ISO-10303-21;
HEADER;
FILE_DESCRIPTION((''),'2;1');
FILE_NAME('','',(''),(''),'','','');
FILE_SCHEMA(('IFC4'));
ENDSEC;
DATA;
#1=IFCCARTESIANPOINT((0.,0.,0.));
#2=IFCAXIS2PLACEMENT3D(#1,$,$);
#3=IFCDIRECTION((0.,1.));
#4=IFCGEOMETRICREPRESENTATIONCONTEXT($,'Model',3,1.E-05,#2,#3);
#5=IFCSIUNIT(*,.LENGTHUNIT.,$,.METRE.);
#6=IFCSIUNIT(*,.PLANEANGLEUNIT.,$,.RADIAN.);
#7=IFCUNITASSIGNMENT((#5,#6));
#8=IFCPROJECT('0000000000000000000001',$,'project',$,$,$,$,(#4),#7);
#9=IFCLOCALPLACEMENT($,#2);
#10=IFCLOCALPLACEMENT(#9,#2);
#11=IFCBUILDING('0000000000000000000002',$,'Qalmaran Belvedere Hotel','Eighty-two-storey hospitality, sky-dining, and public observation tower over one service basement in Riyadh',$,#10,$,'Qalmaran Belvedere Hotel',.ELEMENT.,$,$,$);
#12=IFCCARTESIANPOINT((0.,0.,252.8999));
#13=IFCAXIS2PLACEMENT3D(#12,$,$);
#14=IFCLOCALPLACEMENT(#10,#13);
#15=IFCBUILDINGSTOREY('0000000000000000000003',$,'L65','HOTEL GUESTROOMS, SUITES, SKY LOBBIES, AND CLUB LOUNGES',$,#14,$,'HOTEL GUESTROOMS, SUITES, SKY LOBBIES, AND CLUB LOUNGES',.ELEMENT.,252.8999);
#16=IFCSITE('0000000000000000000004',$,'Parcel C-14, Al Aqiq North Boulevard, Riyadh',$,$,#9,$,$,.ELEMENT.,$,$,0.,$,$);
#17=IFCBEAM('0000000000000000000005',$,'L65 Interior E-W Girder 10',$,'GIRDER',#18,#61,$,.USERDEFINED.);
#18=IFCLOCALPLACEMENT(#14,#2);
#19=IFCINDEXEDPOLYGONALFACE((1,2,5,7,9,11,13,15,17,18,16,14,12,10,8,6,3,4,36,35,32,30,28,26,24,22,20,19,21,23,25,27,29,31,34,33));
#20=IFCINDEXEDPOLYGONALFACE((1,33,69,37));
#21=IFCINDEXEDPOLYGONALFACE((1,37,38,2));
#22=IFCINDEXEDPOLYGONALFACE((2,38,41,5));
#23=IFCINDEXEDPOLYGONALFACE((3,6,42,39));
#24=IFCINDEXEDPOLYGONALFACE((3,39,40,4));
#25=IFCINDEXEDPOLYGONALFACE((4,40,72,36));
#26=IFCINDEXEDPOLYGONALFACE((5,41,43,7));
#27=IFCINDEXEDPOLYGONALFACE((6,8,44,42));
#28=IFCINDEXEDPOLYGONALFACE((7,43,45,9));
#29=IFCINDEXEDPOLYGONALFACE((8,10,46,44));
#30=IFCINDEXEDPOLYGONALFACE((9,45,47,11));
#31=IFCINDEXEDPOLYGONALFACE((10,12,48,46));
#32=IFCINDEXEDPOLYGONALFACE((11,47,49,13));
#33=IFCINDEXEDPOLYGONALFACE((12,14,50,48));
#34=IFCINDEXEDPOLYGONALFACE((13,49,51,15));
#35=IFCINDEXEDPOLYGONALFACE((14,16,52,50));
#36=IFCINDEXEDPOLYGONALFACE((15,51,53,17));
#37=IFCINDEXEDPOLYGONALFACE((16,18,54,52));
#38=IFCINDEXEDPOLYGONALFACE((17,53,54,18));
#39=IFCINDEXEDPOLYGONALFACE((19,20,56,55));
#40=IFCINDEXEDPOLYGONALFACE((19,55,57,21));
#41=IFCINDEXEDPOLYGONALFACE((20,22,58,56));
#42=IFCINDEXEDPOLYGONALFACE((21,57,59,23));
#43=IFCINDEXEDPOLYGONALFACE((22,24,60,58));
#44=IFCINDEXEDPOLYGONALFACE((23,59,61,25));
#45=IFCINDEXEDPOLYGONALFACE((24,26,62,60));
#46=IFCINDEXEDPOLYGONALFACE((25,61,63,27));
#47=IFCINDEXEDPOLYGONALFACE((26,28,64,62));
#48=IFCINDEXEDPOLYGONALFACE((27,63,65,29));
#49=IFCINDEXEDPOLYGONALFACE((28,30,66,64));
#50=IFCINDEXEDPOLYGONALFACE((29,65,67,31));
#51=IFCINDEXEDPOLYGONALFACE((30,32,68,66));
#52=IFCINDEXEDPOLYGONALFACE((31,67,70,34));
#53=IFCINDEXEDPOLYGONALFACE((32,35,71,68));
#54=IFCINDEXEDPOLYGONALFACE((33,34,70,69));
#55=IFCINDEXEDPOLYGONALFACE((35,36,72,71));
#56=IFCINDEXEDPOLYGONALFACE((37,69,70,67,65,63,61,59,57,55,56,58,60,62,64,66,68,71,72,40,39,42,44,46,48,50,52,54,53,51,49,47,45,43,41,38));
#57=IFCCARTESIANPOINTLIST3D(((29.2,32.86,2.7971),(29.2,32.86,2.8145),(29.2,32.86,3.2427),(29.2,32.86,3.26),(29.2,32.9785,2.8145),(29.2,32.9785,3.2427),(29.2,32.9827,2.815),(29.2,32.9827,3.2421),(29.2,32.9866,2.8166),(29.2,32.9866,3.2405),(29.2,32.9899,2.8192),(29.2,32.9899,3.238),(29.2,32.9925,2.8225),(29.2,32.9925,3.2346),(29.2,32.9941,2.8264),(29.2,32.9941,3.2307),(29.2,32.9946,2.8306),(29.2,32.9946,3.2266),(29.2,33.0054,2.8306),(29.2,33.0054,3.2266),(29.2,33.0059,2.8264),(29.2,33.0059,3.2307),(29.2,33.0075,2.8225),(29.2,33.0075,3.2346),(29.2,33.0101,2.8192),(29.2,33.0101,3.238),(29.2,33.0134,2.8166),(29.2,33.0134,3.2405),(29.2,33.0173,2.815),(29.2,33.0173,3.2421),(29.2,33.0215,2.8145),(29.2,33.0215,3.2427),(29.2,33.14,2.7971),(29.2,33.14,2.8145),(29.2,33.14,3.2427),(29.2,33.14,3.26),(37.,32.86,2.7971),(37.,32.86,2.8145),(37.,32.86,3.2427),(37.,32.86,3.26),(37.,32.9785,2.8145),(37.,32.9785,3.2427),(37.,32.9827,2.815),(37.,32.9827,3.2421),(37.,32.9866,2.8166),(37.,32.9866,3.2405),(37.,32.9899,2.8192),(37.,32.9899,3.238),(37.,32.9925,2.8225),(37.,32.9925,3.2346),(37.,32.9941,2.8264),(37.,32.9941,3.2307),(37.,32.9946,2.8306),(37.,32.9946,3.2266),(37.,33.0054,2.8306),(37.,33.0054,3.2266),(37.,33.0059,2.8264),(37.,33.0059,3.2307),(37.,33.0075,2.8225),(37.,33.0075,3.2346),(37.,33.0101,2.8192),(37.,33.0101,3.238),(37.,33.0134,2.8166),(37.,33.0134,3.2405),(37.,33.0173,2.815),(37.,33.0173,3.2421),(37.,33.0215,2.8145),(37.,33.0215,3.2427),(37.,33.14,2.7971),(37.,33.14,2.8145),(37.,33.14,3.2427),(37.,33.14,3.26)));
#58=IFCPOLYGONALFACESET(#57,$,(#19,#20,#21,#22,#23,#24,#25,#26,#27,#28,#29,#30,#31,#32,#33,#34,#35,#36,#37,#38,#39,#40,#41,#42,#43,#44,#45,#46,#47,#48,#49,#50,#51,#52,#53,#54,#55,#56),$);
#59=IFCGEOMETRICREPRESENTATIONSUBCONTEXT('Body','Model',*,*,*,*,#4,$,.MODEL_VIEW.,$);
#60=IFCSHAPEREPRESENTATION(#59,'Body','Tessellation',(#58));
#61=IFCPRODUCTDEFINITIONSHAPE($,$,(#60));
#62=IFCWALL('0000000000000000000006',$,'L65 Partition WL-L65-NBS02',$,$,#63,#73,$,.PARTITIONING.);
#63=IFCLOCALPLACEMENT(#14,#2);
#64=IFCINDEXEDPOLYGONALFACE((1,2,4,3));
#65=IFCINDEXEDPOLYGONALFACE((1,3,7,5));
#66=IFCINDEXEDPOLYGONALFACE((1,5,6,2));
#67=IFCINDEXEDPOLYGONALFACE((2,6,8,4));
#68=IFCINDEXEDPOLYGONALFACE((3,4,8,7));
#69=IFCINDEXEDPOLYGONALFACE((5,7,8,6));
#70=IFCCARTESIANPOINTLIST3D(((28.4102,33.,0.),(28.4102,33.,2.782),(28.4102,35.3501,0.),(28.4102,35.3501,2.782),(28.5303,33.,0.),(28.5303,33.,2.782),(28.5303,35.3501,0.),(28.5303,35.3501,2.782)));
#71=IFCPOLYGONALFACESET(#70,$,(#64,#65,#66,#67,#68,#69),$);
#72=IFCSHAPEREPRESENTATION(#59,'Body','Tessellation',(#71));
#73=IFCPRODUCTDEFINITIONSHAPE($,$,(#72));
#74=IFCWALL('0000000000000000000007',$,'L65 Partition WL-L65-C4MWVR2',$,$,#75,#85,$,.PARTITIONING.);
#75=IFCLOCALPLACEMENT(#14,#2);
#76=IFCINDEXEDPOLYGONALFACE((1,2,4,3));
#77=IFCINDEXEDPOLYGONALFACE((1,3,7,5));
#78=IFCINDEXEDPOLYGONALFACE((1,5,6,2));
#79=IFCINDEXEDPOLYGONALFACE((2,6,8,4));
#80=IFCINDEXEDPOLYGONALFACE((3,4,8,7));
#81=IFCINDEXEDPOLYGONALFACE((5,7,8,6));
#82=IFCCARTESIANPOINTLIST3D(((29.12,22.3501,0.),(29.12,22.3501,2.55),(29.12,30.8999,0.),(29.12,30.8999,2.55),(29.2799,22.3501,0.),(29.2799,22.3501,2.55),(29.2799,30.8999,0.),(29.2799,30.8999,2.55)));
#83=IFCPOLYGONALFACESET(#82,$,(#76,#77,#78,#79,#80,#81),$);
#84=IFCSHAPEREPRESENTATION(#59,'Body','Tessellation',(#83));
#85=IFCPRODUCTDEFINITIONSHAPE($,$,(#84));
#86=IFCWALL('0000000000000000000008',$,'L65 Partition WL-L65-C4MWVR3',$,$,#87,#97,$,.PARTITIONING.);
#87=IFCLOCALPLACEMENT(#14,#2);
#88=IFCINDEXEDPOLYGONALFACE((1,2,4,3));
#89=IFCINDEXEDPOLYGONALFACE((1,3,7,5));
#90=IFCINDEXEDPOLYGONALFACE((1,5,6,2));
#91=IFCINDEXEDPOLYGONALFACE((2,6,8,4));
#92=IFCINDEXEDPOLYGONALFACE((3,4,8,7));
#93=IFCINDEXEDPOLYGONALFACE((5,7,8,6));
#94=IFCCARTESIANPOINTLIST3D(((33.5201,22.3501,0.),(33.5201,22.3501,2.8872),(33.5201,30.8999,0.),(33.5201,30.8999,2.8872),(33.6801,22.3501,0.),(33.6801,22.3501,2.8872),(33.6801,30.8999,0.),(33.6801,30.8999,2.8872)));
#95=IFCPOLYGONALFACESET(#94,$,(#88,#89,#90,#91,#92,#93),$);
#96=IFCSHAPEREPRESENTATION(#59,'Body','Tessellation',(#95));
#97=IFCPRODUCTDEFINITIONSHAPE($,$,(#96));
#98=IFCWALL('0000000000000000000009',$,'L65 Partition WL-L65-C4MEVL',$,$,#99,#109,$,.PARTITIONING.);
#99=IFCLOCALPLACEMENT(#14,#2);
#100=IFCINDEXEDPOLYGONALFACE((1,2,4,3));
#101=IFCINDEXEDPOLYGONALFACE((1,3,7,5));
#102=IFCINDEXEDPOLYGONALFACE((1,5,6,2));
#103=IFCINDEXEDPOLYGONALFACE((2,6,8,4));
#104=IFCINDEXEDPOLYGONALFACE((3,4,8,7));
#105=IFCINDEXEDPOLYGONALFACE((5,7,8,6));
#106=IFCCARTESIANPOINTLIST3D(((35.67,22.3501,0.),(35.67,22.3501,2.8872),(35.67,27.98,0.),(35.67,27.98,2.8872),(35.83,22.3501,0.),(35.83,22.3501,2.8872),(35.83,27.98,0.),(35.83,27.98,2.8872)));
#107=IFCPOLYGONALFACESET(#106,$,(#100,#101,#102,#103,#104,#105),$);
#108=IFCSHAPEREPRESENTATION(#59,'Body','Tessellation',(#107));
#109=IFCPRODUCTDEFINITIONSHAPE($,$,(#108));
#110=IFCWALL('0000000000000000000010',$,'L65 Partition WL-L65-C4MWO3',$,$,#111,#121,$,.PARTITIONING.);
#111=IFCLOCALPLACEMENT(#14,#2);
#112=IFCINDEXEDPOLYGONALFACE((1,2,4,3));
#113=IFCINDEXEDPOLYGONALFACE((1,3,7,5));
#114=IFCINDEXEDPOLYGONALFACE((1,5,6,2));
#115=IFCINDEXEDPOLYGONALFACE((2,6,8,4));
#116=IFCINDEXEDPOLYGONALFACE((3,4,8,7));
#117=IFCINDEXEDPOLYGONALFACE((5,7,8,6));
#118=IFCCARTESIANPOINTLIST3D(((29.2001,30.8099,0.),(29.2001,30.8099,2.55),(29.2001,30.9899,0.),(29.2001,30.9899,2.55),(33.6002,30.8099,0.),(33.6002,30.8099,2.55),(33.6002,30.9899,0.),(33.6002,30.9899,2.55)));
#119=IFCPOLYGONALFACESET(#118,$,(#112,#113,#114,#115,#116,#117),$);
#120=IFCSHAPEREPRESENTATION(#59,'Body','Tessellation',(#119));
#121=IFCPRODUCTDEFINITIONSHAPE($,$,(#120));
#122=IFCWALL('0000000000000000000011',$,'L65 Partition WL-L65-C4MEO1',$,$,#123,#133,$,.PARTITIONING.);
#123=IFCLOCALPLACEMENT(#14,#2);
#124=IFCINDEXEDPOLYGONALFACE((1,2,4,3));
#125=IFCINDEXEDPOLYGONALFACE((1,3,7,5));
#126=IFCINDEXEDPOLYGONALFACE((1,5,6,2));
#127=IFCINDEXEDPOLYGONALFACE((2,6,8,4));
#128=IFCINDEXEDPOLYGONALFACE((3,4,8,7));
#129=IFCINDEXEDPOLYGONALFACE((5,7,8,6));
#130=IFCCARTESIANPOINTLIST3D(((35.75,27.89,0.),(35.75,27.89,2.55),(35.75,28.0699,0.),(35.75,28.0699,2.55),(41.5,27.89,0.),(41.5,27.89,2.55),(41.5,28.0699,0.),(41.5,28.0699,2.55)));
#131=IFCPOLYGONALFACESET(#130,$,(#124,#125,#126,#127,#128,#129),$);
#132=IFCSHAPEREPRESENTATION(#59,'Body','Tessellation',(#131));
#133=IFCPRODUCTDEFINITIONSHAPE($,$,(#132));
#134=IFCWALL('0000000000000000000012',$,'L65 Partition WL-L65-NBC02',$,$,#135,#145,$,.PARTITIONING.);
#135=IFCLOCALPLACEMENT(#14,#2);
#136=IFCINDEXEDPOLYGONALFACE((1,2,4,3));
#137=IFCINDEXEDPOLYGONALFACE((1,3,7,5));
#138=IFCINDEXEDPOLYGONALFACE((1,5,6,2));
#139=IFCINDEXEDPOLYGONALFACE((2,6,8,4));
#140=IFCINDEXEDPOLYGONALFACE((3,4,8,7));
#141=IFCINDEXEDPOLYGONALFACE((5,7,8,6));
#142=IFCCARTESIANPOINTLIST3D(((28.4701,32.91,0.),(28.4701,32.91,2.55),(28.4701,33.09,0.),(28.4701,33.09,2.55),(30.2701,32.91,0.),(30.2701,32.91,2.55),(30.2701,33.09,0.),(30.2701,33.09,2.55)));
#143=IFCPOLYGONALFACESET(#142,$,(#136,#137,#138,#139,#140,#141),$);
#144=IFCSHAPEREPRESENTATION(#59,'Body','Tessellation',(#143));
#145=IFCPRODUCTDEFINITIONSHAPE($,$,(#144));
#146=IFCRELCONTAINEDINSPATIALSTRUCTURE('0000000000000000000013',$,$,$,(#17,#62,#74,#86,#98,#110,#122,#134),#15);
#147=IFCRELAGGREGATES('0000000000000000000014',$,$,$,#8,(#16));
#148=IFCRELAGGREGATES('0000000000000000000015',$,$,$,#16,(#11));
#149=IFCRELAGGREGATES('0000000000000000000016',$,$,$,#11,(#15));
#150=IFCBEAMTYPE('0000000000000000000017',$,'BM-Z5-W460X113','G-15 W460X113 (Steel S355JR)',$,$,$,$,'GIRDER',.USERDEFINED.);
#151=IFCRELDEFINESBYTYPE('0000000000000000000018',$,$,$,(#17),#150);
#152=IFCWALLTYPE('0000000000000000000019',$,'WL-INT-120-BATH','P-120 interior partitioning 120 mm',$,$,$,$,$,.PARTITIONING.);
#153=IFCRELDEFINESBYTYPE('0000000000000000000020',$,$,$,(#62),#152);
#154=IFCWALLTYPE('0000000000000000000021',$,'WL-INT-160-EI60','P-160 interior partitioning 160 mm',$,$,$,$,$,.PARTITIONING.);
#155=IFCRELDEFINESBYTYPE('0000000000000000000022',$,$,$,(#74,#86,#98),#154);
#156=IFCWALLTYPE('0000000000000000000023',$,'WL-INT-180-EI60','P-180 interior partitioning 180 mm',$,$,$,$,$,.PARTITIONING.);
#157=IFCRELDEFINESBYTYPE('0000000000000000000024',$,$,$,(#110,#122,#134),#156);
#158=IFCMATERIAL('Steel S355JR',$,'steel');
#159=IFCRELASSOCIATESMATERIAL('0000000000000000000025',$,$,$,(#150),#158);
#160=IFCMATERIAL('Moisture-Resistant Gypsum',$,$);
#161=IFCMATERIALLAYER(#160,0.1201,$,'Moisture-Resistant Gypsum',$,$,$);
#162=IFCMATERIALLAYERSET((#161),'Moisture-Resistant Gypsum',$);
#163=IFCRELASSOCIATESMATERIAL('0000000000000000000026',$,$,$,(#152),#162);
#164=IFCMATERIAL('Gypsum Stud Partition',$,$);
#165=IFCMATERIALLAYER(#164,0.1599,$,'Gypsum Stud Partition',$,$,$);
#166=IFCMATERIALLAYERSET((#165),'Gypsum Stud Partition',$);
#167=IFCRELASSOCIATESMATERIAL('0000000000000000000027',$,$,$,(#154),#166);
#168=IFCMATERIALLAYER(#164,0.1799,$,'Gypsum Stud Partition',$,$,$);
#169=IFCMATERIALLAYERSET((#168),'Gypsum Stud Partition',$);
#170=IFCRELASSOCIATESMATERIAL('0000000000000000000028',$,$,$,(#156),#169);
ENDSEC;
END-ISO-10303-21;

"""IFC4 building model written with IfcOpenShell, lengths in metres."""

from ifc_helpers import new_model, si_unit, direction, frame, frame_2d, origin, origin_2d, place, context, subcontext, project, spatial, rectangle, i_section, extrude, material, layer, layer_set, material_profile, profile_set, type_object, element, save


model = new_model("IFC4")

# Units and contexts
model_context = context("Model", 3, precision=1e-05, world=origin(), true_north=direction((0.0, 1.0)))
body_context = subcontext(model_context, "Body", "Model", "MODEL_VIEW")
ifc_project = project(units=[si_unit("LENGTHUNIT", "METRE"), si_unit("PLANEANGLEUNIT", "RADIAN")], contexts=[model_context])

# Site, building, storey
site_placement = place(None, origin())
site = spatial("IfcSite", under=ifc_project, at=site_placement, Name="Parcel C-14, Al Aqiq North Boulevard, Riyadh", CompositionType="ELEMENT", RefElevation=0.0)
building_placement = place(site_placement, origin())
building = spatial("IfcBuilding", under=site, at=building_placement, Name="Qalmaran Belvedere Hotel", Description="Eighty-two-storey hospitality, sky-dining, and public observation tower over one service basement in Riyadh", LongName="Qalmaran Belvedere Hotel", CompositionType="ELEMENT")
storey_placement = place(building_placement, frame((0.0, 0.0, 252.8999)))
storey = spatial("IfcBuildingStorey", under=building, at=storey_placement, Name="L65", Description="HOTEL GUESTROOMS, SUITES, SKY LOBBIES, AND CLUB LOUNGES", LongName="HOTEL GUESTROOMS, SUITES, SKY LOBBIES, AND CLUB LOUNGES", CompositionType="ELEMENT", Elevation=252.8999)

# Beam
ifc_material_1 = material(Name="Steel S355JR", Category="steel")
ifc_material_profile_1 = material_profile(ifc_material_1, i_section(OverallWidth=0.28, OverallDepth=0.4629, WebThickness=0.0107, FlangeThickness=0.0173, FilletRadius=0.0161, at=origin_2d()), Name="W460X113")
ifc_profile_set_1 = profile_set([ifc_material_profile_1], Name="Steel S355JR")
beam_type_1 = type_object("IfcBeamType", Name="BM-Z5-W460X113", Description="G-15 W460X113 (Steel S355JR)", ElementType="GIRDER", PredefinedType="USERDEFINED", material=ifc_profile_set_1)
beam_1_placement = place(storey_placement, frame((29.2, 33.0, 3.0286), z_axis=(1.0, 0.0, 0.0), x_axis=(0.0, 1.0, 0.0)))
element("IfcBeam", 1, at=beam_1_placement, inside=storey, type_object=beam_type_1, Name="L65 Interior E-W Girder 10", ObjectType="GIRDER", PredefinedType="USERDEFINED", context=body_context, shape_type="SweptSolid", body=[
    extrude(i_section(OverallWidth=0.28, OverallDepth=0.4629, WebThickness=0.0107, FlangeThickness=0.0173, FilletRadius=0.0161, at=origin_2d()), origin(), (0.0, 0.0, 1.0), 7.8),
])

# Wall
ifc_material_2 = material(Name="Moisture-Resistant Gypsum")
ifc_layer_1 = layer(ifc_material_2, 0.1201, Name="Moisture-Resistant Gypsum")
ifc_layer_set_1 = layer_set([ifc_layer_1], Name="Moisture-Resistant Gypsum")
wall_type_1 = type_object("IfcWallType", Name="WL-INT-120-BATH", Description="P-120 interior partitioning 120 mm", PredefinedType="PARTITIONING", material=ifc_layer_set_1)
wall_1_placement = place(storey_placement, frame((28.4702, 33.0, 0.0), z_axis=(0.0, 0.0, 1.0), x_axis=(0.0, 1.0, 0.0)))
element("IfcWall", 2, at=wall_1_placement, inside=storey, type_object=wall_type_1, Name="L65 Partition WL-L65-NBS02", PredefinedType="PARTITIONING", context=body_context, shape_type="SweptSolid", body=[
    extrude(rectangle(XDim=2.3501, YDim=0.1201, at=frame_2d((1.175, 0.0))), origin(), (0.0, 0.0, 1.0), 2.782),
])

# Shared definitions
ifc_material_3 = material(Name="Gypsum Stud Partition")

# Walls
ifc_layer_2 = layer(ifc_material_3, 0.1599, Name="Gypsum Stud Partition")
ifc_layer_set_2 = layer_set([ifc_layer_2], Name="Gypsum Stud Partition")
wall_type_2 = type_object("IfcWallType", Name="WL-INT-160-EI60", Description="P-160 interior partitioning 160 mm", PredefinedType="PARTITIONING", material=ifc_layer_set_2)
wall_2_placement = place(storey_placement, frame((29.2, 22.3501, 0.0), z_axis=(0.0, 0.0, 1.0), x_axis=(0.0, 1.0, 0.0)))
element("IfcWall", 3, at=wall_2_placement, inside=storey, type_object=wall_type_2, Name="L65 Partition WL-L65-C4MWVR2", PredefinedType="PARTITIONING", context=body_context, shape_type="SweptSolid", body=[
    extrude(rectangle(XDim=8.5498, YDim=0.1599, at=frame_2d((4.2749, 0.0))), origin(), (0.0, 0.0, 1.0), 2.55),
])
wall_3_placement = place(storey_placement, frame((33.6001, 22.3501, 0.0), z_axis=(0.0, 0.0, 1.0), x_axis=(0.0, 1.0, 0.0)))
element("IfcWall", 4, at=wall_3_placement, inside=storey, type_object=wall_type_2, Name="L65 Partition WL-L65-C4MWVR3", PredefinedType="PARTITIONING", context=body_context, shape_type="SweptSolid", body=[
    extrude(rectangle(XDim=8.5498, YDim=0.1599, at=frame_2d((4.2749, 0.0))), origin(), (0.0, 0.0, 1.0), 2.8872),
])
wall_4_placement = place(storey_placement, frame((35.75, 22.3501, 0.0), z_axis=(0.0, 0.0, 1.0), x_axis=(0.0, 1.0, 0.0)))
element("IfcWall", 5, at=wall_4_placement, inside=storey, type_object=wall_type_2, Name="L65 Partition WL-L65-C4MEVL", PredefinedType="PARTITIONING", context=body_context, shape_type="SweptSolid", body=[
    extrude(rectangle(XDim=5.6299, YDim=0.1599, at=frame_2d((2.8149, 0.0))), origin(), (0.0, 0.0, 1.0), 2.8872),
])

# Shared definitions
ifc_layer_3 = layer(ifc_material_3, 0.1799, Name="Gypsum Stud Partition")
ifc_layer_set_3 = layer_set([ifc_layer_3], Name="Gypsum Stud Partition")
wall_type_3 = type_object("IfcWallType", Name="WL-INT-180-EI60", Description="P-180 interior partitioning 180 mm", PredefinedType="PARTITIONING", material=ifc_layer_set_3)

# Wall
wall_5_placement = place(storey_placement, frame((29.2, 30.8999, 0.0), z_axis=(0.0, 0.0, 1.0), x_axis=(1.0, 0.0, 0.0)))
element("IfcWall", 6, at=wall_5_placement, inside=storey, type_object=wall_type_3, Name="L65 Partition WL-L65-C4MWO3", PredefinedType="PARTITIONING", context=body_context, shape_type="SweptSolid", body=[
    extrude(rectangle(XDim=4.4001, YDim=0.1799, at=frame_2d((2.2002, 0.0))), origin(), (0.0, 0.0, 1.0), 2.55),
])

# Walls
wall_6_placement = place(storey_placement, frame((35.75, 27.98, 0.0), z_axis=(0.0, 0.0, 1.0), x_axis=(1.0, 0.0, 0.0)))
element("IfcWall", 7, at=wall_6_placement, inside=storey, type_object=wall_type_3, Name="L65 Partition WL-L65-C4MEO1", PredefinedType="PARTITIONING", context=body_context, shape_type="SweptSolid", body=[
    extrude(rectangle(XDim=5.75, YDim=0.1799, at=frame_2d((2.875, 0.0))), origin(), (0.0, 0.0, 1.0), 2.55),
])
wall_7_placement = place(storey_placement, frame((28.4702, 33.0, 0.0), z_axis=(0.0, 0.0, 1.0), x_axis=(1.0, 0.0, 0.0)))
element("IfcWall", 8, at=wall_7_placement, inside=storey, type_object=wall_type_3, Name="L65 Partition WL-L65-NBC02", PredefinedType="PARTITIONING", context=body_context, shape_type="SweptSolid", body=[
    extrude(rectangle(XDim=1.8, YDim=0.1799, at=frame_2d((0.8999, 0.0))), origin(), (0.0, 0.0, 1.0), 2.55),
])

save(model, "model.ifc")
